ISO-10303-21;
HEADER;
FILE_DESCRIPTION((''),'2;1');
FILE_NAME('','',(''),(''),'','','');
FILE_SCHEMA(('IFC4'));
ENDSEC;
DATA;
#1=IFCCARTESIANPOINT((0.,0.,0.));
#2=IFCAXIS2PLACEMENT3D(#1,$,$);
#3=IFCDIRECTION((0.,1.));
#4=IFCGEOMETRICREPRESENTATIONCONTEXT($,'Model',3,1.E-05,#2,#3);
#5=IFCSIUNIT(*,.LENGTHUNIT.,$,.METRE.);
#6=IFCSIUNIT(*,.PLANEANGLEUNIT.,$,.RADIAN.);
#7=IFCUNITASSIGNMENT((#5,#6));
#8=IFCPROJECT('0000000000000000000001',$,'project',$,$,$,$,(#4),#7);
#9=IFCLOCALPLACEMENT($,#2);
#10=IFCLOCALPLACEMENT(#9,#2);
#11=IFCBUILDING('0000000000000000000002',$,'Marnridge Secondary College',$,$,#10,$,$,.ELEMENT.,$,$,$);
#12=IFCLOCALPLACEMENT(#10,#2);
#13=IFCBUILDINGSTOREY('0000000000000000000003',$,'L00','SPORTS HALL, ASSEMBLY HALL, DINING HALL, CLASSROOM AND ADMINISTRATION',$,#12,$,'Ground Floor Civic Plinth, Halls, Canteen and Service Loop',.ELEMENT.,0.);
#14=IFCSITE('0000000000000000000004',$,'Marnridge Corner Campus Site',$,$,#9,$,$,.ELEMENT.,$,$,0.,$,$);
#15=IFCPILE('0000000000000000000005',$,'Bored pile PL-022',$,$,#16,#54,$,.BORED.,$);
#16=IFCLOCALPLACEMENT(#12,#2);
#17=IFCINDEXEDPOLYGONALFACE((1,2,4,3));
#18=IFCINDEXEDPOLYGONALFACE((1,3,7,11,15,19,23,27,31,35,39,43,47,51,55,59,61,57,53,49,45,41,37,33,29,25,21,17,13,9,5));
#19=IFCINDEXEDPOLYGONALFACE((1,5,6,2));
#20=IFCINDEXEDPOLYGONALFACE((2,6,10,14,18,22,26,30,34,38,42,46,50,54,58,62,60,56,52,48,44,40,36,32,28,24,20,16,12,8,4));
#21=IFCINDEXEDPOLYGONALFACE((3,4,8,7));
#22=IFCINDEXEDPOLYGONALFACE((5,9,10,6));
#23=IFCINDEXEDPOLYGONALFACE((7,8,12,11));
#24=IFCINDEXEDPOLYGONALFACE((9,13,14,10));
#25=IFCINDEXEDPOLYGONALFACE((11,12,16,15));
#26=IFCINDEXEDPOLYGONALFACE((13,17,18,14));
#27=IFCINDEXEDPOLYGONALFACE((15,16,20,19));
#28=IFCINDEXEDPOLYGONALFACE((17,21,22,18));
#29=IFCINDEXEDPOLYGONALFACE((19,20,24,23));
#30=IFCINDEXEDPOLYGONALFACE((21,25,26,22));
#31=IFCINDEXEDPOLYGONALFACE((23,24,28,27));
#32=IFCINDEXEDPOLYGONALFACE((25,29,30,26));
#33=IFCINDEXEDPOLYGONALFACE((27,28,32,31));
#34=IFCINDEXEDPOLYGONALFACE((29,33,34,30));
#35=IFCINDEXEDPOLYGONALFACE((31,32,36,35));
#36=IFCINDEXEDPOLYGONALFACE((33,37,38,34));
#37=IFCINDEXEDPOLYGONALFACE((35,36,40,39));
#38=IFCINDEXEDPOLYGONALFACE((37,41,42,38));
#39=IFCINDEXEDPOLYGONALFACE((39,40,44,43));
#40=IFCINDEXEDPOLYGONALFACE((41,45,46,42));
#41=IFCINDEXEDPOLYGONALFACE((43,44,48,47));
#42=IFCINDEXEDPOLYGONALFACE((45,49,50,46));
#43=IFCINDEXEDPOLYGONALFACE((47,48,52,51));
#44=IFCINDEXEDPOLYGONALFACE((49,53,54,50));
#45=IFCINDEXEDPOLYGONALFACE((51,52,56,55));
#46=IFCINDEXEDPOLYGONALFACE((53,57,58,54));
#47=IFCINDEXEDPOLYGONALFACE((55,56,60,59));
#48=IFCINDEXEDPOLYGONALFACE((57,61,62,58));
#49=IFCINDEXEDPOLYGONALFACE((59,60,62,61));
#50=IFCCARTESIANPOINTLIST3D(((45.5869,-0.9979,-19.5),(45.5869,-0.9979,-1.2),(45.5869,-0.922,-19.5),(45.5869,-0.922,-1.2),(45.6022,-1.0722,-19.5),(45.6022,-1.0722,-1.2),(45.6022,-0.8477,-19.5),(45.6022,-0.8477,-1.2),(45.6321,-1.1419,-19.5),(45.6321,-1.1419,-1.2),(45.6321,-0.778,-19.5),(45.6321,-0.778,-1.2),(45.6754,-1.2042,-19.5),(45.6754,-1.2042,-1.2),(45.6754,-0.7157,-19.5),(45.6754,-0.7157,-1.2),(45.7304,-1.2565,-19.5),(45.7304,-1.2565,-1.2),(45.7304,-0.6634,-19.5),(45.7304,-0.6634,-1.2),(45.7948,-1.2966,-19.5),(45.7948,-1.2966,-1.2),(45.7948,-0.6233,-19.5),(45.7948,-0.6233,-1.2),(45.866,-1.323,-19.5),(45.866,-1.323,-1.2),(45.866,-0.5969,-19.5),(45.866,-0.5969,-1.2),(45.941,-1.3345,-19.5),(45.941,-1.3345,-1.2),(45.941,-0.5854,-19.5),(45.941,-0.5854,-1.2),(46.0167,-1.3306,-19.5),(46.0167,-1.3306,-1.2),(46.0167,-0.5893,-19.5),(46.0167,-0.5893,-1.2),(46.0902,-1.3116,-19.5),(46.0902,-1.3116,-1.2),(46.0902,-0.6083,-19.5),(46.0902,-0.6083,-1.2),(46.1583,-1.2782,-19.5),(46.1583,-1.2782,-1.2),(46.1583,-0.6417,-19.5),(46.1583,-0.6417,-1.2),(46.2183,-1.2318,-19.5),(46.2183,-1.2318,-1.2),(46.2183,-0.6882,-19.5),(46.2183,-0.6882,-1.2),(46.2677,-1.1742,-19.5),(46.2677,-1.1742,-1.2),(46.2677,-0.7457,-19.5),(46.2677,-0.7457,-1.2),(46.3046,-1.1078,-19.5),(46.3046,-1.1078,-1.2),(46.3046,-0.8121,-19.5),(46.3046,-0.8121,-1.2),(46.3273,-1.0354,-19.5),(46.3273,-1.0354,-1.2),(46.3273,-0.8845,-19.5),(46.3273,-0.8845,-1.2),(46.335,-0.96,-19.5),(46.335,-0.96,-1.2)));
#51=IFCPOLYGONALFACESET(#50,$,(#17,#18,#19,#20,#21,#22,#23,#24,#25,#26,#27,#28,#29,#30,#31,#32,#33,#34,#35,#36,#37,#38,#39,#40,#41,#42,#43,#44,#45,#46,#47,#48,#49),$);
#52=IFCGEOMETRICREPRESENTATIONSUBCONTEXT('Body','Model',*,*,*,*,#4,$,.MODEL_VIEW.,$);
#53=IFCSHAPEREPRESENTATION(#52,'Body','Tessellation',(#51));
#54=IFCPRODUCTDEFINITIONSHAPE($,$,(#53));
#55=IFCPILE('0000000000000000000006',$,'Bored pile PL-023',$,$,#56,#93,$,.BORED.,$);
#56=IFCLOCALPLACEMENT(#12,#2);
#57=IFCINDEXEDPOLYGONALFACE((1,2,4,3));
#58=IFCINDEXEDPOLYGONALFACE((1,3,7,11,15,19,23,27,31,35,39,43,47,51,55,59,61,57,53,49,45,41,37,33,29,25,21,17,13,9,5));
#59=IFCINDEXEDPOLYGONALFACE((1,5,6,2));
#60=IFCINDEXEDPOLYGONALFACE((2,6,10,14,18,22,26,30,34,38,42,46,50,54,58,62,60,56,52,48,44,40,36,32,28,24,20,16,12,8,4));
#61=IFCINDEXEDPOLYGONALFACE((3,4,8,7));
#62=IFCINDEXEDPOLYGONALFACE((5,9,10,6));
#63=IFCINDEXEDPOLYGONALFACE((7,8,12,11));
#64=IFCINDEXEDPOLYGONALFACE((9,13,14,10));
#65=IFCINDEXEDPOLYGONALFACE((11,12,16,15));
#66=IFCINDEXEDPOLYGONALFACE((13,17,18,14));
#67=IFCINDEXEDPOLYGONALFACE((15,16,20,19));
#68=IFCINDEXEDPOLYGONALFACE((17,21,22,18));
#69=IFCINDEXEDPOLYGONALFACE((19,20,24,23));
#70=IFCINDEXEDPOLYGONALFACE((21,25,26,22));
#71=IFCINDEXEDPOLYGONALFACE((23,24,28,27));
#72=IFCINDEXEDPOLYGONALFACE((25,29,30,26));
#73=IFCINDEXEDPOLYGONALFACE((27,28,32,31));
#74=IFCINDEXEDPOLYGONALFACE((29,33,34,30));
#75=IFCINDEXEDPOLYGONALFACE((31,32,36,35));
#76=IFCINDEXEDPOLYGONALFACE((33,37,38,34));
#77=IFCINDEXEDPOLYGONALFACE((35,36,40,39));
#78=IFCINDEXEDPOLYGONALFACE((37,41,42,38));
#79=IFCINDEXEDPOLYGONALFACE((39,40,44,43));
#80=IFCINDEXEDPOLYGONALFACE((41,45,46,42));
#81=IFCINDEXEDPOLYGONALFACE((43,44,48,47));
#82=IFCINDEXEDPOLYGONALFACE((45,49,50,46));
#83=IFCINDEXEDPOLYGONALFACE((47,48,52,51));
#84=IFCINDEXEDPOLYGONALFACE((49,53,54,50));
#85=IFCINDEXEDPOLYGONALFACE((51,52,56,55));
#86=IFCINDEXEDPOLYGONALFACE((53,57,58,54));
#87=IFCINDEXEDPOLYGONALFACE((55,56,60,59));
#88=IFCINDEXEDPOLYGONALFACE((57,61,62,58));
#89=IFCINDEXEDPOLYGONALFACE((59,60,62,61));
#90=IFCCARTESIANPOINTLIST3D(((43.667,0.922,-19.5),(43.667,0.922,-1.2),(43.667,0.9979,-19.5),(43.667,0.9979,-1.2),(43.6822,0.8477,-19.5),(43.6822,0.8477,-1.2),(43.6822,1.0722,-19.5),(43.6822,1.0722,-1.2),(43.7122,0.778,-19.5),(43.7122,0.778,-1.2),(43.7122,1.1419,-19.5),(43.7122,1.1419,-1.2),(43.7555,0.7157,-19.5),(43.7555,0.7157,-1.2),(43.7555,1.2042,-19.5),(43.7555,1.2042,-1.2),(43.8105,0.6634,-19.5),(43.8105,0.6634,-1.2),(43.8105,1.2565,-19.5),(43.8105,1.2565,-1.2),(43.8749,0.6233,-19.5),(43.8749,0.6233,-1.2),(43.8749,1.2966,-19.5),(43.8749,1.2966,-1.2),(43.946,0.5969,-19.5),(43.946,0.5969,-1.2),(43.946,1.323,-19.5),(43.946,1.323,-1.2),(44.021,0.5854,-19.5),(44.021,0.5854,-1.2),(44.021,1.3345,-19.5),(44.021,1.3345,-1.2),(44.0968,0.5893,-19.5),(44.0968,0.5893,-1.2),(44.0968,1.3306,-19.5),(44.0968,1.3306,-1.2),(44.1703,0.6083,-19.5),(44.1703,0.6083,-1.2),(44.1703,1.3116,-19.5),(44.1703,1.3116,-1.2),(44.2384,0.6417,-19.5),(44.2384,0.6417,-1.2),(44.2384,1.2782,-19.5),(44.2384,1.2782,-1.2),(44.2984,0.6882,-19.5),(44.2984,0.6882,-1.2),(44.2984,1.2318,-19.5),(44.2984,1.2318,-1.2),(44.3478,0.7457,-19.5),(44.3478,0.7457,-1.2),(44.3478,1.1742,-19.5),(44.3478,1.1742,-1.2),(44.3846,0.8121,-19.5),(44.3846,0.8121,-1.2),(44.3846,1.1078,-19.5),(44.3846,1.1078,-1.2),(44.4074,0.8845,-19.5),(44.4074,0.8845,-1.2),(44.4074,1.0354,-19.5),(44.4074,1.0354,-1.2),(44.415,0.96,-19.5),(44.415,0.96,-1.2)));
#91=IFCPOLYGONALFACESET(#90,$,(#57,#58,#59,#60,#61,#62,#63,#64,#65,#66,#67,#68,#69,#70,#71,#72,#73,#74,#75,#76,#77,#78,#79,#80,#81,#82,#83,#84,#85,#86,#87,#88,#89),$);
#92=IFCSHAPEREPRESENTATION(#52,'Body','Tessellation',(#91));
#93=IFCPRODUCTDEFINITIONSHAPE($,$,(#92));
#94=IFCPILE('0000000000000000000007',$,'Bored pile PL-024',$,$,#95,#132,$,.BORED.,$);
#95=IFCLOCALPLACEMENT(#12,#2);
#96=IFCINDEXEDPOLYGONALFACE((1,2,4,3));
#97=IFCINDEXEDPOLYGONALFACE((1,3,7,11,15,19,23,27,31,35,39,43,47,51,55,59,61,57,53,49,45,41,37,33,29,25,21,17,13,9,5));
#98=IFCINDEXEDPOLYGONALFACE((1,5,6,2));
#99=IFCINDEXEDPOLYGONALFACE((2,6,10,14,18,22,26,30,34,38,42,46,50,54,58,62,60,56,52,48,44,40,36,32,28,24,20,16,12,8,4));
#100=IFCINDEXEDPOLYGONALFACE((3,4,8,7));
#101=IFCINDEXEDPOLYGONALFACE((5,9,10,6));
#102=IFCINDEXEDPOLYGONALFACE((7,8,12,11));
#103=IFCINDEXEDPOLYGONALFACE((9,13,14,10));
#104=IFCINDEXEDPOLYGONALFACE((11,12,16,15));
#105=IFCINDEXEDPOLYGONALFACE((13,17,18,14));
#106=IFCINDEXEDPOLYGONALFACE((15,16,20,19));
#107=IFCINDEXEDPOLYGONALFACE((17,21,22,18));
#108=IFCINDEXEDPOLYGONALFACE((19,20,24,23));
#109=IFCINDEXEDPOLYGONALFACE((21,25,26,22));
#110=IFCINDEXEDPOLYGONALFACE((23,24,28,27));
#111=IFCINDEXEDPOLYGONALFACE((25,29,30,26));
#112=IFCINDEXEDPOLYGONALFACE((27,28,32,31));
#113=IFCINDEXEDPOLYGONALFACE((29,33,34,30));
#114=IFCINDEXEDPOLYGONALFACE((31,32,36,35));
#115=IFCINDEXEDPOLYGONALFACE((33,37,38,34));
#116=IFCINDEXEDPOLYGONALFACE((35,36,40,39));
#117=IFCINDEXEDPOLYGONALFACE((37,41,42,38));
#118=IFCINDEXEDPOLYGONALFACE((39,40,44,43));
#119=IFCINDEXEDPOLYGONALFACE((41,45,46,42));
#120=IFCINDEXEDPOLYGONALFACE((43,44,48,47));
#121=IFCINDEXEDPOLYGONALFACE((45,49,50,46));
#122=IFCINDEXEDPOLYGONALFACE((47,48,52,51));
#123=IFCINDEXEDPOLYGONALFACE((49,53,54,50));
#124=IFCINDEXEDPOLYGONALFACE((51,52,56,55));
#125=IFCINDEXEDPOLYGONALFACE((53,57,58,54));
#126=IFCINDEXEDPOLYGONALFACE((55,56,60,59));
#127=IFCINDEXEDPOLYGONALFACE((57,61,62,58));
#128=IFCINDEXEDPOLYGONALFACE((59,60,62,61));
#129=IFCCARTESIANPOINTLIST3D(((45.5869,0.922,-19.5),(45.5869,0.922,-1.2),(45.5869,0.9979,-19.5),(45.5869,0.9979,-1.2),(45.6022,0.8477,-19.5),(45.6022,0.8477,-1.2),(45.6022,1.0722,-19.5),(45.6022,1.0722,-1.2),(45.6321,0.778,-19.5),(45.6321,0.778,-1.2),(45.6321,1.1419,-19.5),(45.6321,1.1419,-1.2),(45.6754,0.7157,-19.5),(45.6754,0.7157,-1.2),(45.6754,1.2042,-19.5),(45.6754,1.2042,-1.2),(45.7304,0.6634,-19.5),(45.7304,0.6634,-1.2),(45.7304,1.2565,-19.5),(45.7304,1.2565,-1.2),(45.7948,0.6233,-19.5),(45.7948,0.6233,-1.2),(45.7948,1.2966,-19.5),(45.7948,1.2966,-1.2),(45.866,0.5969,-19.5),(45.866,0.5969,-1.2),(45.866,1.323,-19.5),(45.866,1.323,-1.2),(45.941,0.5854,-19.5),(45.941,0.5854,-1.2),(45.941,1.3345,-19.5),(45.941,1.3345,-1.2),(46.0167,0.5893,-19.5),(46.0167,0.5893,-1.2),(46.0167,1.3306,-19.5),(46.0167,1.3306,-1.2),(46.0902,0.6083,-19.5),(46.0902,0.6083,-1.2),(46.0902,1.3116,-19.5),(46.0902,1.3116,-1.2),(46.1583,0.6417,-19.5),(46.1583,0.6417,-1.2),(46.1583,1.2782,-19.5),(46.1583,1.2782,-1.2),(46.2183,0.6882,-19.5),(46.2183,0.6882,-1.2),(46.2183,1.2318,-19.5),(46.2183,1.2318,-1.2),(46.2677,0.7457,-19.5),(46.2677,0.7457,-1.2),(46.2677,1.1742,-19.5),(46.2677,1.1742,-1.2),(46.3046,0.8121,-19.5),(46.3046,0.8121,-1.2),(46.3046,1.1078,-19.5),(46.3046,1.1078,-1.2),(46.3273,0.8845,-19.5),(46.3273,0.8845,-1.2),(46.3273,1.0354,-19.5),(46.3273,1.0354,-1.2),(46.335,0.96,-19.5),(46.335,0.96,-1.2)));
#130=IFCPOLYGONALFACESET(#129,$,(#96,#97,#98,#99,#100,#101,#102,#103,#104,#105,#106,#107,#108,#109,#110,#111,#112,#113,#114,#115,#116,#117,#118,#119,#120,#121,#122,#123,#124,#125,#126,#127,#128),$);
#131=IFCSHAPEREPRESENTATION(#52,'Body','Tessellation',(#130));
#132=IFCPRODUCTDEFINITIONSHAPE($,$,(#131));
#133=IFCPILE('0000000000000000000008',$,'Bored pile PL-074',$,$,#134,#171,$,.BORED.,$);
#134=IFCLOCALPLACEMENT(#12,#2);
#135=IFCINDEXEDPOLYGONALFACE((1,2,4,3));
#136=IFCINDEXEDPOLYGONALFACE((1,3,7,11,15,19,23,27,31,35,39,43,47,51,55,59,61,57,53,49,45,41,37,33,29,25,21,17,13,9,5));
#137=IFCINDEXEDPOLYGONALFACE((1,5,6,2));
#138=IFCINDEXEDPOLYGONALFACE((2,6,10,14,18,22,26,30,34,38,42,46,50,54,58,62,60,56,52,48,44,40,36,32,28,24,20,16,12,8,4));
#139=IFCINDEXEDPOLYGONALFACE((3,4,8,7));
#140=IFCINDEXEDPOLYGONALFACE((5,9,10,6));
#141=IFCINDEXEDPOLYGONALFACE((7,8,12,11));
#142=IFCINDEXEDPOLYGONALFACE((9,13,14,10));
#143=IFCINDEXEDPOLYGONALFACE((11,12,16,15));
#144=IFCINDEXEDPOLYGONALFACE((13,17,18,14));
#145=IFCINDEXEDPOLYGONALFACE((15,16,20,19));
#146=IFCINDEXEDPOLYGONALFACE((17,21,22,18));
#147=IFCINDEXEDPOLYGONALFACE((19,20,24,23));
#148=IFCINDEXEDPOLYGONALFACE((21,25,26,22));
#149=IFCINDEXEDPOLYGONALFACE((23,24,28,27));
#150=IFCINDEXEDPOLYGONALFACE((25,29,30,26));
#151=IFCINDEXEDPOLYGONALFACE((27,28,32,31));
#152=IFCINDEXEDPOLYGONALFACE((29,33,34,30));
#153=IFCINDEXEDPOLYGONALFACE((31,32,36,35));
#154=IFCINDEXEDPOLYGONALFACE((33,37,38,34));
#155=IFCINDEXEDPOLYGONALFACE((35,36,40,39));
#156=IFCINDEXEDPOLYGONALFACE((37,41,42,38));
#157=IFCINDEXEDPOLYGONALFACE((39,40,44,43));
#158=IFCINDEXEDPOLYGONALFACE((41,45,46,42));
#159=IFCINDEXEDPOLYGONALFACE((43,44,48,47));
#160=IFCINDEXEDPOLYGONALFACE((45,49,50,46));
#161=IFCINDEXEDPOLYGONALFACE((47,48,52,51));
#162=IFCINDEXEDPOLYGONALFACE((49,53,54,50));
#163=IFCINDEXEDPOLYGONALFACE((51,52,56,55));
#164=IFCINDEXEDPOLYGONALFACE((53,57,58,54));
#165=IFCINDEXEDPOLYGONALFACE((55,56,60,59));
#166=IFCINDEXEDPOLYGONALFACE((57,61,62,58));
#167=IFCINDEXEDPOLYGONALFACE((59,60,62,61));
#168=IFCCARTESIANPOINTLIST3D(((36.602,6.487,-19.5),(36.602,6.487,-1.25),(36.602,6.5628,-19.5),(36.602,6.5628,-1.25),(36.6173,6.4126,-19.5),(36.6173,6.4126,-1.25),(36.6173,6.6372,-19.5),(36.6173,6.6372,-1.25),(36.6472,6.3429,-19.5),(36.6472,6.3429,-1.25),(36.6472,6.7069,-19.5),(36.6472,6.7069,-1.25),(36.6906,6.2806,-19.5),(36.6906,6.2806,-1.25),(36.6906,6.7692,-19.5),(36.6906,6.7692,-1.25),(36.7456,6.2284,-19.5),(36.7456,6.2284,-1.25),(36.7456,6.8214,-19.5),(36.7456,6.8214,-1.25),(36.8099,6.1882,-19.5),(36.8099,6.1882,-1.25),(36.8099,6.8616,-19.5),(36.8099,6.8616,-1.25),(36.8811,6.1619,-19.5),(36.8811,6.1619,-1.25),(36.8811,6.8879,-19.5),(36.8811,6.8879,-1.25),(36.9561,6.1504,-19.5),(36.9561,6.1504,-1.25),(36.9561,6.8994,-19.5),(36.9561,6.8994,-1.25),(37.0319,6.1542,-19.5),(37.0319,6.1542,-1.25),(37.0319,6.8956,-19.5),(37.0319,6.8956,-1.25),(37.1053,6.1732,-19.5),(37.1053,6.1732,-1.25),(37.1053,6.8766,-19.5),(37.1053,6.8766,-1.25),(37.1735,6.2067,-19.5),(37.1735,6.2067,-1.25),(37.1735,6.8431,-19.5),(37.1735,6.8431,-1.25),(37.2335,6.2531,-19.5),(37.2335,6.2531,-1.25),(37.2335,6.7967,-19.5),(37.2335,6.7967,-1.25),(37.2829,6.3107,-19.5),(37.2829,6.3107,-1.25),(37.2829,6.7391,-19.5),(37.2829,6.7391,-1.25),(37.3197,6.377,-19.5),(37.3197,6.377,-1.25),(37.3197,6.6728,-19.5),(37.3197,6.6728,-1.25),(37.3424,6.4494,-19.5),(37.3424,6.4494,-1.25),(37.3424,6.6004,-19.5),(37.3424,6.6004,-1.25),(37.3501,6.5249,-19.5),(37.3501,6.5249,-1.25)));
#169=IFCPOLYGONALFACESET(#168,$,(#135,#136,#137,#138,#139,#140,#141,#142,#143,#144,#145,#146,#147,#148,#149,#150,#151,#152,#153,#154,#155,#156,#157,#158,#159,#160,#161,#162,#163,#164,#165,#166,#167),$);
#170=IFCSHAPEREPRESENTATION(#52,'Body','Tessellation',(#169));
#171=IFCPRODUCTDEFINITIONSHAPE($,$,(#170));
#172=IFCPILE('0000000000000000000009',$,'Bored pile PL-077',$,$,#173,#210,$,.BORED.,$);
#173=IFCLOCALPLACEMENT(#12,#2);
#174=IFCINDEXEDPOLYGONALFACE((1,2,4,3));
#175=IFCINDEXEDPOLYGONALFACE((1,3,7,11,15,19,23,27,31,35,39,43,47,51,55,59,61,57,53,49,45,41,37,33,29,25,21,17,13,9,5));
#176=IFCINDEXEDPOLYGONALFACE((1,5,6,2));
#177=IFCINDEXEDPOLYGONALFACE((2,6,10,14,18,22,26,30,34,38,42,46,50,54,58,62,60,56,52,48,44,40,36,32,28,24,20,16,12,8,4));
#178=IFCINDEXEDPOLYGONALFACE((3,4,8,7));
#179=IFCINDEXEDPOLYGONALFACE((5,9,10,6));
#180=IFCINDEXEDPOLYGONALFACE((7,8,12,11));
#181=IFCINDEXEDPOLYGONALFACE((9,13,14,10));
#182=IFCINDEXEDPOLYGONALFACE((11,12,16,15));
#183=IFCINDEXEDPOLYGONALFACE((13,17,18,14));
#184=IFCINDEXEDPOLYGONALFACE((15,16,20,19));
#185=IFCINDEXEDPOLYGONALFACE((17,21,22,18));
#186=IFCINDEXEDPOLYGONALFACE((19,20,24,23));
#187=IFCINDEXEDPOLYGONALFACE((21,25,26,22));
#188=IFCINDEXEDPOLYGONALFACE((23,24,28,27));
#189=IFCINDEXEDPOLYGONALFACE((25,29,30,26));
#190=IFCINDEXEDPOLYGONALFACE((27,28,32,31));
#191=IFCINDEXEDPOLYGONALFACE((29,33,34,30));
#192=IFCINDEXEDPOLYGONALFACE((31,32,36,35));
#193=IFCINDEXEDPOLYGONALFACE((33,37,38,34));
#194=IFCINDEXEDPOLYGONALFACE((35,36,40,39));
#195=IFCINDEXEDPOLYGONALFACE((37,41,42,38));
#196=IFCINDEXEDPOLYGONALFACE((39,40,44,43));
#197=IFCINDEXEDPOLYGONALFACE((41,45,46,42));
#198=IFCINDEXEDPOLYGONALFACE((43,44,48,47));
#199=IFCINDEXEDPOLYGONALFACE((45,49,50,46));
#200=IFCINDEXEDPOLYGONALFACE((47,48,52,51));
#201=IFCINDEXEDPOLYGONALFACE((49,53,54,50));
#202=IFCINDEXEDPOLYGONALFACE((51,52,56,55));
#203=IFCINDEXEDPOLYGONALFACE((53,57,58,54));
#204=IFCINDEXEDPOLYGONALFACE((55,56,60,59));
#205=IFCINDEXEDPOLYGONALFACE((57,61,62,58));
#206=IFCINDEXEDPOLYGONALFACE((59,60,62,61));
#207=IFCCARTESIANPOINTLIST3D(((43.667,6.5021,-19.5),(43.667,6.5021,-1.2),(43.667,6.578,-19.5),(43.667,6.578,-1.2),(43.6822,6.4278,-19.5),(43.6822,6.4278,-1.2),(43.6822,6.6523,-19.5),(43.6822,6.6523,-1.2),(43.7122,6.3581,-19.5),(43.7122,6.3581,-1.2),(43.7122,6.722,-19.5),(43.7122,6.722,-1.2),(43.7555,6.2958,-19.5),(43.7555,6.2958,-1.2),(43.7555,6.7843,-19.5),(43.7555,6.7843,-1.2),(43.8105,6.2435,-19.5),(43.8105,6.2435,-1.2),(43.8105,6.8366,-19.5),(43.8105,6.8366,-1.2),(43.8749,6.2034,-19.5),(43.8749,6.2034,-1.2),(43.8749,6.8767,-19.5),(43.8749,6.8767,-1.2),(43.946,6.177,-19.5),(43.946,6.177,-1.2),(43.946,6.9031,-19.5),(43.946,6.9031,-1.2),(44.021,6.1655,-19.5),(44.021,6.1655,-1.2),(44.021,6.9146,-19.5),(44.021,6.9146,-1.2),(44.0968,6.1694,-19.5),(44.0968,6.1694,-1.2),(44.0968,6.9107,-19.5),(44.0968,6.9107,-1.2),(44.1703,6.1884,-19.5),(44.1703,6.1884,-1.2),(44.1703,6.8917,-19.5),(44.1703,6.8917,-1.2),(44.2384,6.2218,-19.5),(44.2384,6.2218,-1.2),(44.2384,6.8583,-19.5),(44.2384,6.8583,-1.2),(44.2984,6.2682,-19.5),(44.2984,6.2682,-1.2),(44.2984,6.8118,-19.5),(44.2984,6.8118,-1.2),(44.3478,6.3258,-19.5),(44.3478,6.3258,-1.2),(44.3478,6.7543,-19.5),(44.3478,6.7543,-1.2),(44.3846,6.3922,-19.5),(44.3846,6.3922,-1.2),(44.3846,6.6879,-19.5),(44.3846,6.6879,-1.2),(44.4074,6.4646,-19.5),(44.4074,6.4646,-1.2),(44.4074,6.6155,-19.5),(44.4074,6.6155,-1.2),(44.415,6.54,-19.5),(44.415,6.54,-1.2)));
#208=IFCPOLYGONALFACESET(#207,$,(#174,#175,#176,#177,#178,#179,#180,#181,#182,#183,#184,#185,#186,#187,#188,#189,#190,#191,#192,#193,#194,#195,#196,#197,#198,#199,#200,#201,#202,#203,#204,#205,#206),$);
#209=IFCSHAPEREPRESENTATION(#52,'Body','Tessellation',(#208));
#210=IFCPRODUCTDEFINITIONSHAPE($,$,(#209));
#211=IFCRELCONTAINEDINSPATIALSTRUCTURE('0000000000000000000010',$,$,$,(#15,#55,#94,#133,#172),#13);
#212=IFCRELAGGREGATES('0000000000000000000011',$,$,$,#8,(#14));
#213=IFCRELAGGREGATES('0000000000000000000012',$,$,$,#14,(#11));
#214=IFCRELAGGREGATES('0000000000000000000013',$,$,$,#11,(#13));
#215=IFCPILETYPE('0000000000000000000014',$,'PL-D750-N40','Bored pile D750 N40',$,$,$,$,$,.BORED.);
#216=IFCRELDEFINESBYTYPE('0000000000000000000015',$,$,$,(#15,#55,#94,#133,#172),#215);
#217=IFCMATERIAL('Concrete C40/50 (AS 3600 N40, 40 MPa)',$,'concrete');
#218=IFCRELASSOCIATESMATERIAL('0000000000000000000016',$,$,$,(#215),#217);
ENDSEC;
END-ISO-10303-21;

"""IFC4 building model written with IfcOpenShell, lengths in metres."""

from ifc_helpers import new_model, si_unit, direction, frame, origin, origin_2d, place, context, subcontext, project, spatial, circle, extrude, material, material_profile, profile_set, type_object, element, save


model = new_model("IFC4")

# Units and contexts
model_context = context("Model", 3, precision=1e-05, world=origin(), true_north=direction((0.0, 1.0)))
body_context = subcontext(model_context, "Body", "Model", "MODEL_VIEW")
ifc_project = project(units=[si_unit("LENGTHUNIT", "METRE"), si_unit("PLANEANGLEUNIT", "RADIAN")], contexts=[model_context])

# Site, building, storey
site_placement = place(None, origin())
site = spatial("IfcSite", under=ifc_project, at=site_placement, Name="Marnridge Corner Campus Site", CompositionType="ELEMENT", RefElevation=0.0)
building_placement = place(site_placement, origin())
building = spatial("IfcBuilding", under=site, at=building_placement, Name="Marnridge Secondary College", CompositionType="ELEMENT")
storey_placement = place(building_placement, origin())
storey = spatial("IfcBuildingStorey", under=building, at=storey_placement, Name="L00", Description="SPORTS HALL, ASSEMBLY HALL, DINING HALL, CLASSROOM AND ADMINISTRATION", LongName="Ground Floor Civic Plinth, Halls, Canteen and Service Loop", CompositionType="ELEMENT", Elevation=0.0)

# Piles
ifc_material_1 = material(Name="Concrete C40/50 (AS 3600 N40, 40 MPa)", Category="concrete")
ifc_material_profile_1 = material_profile(ifc_material_1, circle(Radius=0.375, at=origin_2d()), Name="PILE D750")
ifc_profile_set_1 = profile_set([ifc_material_profile_1], Name="Concrete C40/50 (AS 3600 N40, 40 MPa)")
pile_type = type_object("IfcPileType", Name="PL-D750-N40", Description="Bored pile D750 N40", PredefinedType="BORED", material=ifc_profile_set_1)
for number, where, z_axis, x_axis, name in (
    (1, (45.96, -0.96, -1.2), (0.0, 0.0, -1.0), (1.0, 0.0, 0.0), "Bored pile PL-022"),
    (2, (44.04, 0.96, -1.2), (0.0, 0.0, -1.0), (1.0, 0.0, 0.0), "Bored pile PL-023"),
    (3, (45.96, 0.96, -1.2), (0.0, 0.0, -1.0), (1.0, 0.0, 0.0), "Bored pile PL-024"),
):
    element("IfcPile", number, at=place(storey_placement, frame(where, z_axis=z_axis, x_axis=x_axis)), inside=storey, type_object=pile_type, Name=name, PredefinedType="BORED", context=body_context, shape_type="SweptSolid", body=[
        extrude(circle(Radius=0.375, at=origin_2d()), origin(), (0.0, 0.0, 1.0), 18.3),
    ])
pile_placement = place(storey_placement, frame((36.9751, 6.5249, -1.25), z_axis=(0.0, 0.0, -1.0), x_axis=(1.0, 0.0, 0.0)))
element("IfcPile", 4, at=pile_placement, inside=storey, type_object=pile_type, Name="Bored pile PL-074", PredefinedType="BORED", context=body_context, shape_type="SweptSolid", body=[
    extrude(circle(Radius=0.375, at=origin_2d()), origin(), (0.0, 0.0, 1.0), 18.25),
])
for number, where, z_axis, x_axis, name in (
    (5, (44.04, 6.54, -1.2), (0.0, 0.0, -1.0), (1.0, 0.0, 0.0), "Bored pile PL-077"),
):
    element("IfcPile", number, at=place(storey_placement, frame(where, z_axis=z_axis, x_axis=x_axis)), inside=storey, type_object=pile_type, Name=name, PredefinedType="BORED", context=body_context, shape_type="SweptSolid", body=[
        extrude(circle(Radius=0.375, at=origin_2d()), origin(), (0.0, 0.0, 1.0), 18.3),
    ])

save(model, "model.ifc")
